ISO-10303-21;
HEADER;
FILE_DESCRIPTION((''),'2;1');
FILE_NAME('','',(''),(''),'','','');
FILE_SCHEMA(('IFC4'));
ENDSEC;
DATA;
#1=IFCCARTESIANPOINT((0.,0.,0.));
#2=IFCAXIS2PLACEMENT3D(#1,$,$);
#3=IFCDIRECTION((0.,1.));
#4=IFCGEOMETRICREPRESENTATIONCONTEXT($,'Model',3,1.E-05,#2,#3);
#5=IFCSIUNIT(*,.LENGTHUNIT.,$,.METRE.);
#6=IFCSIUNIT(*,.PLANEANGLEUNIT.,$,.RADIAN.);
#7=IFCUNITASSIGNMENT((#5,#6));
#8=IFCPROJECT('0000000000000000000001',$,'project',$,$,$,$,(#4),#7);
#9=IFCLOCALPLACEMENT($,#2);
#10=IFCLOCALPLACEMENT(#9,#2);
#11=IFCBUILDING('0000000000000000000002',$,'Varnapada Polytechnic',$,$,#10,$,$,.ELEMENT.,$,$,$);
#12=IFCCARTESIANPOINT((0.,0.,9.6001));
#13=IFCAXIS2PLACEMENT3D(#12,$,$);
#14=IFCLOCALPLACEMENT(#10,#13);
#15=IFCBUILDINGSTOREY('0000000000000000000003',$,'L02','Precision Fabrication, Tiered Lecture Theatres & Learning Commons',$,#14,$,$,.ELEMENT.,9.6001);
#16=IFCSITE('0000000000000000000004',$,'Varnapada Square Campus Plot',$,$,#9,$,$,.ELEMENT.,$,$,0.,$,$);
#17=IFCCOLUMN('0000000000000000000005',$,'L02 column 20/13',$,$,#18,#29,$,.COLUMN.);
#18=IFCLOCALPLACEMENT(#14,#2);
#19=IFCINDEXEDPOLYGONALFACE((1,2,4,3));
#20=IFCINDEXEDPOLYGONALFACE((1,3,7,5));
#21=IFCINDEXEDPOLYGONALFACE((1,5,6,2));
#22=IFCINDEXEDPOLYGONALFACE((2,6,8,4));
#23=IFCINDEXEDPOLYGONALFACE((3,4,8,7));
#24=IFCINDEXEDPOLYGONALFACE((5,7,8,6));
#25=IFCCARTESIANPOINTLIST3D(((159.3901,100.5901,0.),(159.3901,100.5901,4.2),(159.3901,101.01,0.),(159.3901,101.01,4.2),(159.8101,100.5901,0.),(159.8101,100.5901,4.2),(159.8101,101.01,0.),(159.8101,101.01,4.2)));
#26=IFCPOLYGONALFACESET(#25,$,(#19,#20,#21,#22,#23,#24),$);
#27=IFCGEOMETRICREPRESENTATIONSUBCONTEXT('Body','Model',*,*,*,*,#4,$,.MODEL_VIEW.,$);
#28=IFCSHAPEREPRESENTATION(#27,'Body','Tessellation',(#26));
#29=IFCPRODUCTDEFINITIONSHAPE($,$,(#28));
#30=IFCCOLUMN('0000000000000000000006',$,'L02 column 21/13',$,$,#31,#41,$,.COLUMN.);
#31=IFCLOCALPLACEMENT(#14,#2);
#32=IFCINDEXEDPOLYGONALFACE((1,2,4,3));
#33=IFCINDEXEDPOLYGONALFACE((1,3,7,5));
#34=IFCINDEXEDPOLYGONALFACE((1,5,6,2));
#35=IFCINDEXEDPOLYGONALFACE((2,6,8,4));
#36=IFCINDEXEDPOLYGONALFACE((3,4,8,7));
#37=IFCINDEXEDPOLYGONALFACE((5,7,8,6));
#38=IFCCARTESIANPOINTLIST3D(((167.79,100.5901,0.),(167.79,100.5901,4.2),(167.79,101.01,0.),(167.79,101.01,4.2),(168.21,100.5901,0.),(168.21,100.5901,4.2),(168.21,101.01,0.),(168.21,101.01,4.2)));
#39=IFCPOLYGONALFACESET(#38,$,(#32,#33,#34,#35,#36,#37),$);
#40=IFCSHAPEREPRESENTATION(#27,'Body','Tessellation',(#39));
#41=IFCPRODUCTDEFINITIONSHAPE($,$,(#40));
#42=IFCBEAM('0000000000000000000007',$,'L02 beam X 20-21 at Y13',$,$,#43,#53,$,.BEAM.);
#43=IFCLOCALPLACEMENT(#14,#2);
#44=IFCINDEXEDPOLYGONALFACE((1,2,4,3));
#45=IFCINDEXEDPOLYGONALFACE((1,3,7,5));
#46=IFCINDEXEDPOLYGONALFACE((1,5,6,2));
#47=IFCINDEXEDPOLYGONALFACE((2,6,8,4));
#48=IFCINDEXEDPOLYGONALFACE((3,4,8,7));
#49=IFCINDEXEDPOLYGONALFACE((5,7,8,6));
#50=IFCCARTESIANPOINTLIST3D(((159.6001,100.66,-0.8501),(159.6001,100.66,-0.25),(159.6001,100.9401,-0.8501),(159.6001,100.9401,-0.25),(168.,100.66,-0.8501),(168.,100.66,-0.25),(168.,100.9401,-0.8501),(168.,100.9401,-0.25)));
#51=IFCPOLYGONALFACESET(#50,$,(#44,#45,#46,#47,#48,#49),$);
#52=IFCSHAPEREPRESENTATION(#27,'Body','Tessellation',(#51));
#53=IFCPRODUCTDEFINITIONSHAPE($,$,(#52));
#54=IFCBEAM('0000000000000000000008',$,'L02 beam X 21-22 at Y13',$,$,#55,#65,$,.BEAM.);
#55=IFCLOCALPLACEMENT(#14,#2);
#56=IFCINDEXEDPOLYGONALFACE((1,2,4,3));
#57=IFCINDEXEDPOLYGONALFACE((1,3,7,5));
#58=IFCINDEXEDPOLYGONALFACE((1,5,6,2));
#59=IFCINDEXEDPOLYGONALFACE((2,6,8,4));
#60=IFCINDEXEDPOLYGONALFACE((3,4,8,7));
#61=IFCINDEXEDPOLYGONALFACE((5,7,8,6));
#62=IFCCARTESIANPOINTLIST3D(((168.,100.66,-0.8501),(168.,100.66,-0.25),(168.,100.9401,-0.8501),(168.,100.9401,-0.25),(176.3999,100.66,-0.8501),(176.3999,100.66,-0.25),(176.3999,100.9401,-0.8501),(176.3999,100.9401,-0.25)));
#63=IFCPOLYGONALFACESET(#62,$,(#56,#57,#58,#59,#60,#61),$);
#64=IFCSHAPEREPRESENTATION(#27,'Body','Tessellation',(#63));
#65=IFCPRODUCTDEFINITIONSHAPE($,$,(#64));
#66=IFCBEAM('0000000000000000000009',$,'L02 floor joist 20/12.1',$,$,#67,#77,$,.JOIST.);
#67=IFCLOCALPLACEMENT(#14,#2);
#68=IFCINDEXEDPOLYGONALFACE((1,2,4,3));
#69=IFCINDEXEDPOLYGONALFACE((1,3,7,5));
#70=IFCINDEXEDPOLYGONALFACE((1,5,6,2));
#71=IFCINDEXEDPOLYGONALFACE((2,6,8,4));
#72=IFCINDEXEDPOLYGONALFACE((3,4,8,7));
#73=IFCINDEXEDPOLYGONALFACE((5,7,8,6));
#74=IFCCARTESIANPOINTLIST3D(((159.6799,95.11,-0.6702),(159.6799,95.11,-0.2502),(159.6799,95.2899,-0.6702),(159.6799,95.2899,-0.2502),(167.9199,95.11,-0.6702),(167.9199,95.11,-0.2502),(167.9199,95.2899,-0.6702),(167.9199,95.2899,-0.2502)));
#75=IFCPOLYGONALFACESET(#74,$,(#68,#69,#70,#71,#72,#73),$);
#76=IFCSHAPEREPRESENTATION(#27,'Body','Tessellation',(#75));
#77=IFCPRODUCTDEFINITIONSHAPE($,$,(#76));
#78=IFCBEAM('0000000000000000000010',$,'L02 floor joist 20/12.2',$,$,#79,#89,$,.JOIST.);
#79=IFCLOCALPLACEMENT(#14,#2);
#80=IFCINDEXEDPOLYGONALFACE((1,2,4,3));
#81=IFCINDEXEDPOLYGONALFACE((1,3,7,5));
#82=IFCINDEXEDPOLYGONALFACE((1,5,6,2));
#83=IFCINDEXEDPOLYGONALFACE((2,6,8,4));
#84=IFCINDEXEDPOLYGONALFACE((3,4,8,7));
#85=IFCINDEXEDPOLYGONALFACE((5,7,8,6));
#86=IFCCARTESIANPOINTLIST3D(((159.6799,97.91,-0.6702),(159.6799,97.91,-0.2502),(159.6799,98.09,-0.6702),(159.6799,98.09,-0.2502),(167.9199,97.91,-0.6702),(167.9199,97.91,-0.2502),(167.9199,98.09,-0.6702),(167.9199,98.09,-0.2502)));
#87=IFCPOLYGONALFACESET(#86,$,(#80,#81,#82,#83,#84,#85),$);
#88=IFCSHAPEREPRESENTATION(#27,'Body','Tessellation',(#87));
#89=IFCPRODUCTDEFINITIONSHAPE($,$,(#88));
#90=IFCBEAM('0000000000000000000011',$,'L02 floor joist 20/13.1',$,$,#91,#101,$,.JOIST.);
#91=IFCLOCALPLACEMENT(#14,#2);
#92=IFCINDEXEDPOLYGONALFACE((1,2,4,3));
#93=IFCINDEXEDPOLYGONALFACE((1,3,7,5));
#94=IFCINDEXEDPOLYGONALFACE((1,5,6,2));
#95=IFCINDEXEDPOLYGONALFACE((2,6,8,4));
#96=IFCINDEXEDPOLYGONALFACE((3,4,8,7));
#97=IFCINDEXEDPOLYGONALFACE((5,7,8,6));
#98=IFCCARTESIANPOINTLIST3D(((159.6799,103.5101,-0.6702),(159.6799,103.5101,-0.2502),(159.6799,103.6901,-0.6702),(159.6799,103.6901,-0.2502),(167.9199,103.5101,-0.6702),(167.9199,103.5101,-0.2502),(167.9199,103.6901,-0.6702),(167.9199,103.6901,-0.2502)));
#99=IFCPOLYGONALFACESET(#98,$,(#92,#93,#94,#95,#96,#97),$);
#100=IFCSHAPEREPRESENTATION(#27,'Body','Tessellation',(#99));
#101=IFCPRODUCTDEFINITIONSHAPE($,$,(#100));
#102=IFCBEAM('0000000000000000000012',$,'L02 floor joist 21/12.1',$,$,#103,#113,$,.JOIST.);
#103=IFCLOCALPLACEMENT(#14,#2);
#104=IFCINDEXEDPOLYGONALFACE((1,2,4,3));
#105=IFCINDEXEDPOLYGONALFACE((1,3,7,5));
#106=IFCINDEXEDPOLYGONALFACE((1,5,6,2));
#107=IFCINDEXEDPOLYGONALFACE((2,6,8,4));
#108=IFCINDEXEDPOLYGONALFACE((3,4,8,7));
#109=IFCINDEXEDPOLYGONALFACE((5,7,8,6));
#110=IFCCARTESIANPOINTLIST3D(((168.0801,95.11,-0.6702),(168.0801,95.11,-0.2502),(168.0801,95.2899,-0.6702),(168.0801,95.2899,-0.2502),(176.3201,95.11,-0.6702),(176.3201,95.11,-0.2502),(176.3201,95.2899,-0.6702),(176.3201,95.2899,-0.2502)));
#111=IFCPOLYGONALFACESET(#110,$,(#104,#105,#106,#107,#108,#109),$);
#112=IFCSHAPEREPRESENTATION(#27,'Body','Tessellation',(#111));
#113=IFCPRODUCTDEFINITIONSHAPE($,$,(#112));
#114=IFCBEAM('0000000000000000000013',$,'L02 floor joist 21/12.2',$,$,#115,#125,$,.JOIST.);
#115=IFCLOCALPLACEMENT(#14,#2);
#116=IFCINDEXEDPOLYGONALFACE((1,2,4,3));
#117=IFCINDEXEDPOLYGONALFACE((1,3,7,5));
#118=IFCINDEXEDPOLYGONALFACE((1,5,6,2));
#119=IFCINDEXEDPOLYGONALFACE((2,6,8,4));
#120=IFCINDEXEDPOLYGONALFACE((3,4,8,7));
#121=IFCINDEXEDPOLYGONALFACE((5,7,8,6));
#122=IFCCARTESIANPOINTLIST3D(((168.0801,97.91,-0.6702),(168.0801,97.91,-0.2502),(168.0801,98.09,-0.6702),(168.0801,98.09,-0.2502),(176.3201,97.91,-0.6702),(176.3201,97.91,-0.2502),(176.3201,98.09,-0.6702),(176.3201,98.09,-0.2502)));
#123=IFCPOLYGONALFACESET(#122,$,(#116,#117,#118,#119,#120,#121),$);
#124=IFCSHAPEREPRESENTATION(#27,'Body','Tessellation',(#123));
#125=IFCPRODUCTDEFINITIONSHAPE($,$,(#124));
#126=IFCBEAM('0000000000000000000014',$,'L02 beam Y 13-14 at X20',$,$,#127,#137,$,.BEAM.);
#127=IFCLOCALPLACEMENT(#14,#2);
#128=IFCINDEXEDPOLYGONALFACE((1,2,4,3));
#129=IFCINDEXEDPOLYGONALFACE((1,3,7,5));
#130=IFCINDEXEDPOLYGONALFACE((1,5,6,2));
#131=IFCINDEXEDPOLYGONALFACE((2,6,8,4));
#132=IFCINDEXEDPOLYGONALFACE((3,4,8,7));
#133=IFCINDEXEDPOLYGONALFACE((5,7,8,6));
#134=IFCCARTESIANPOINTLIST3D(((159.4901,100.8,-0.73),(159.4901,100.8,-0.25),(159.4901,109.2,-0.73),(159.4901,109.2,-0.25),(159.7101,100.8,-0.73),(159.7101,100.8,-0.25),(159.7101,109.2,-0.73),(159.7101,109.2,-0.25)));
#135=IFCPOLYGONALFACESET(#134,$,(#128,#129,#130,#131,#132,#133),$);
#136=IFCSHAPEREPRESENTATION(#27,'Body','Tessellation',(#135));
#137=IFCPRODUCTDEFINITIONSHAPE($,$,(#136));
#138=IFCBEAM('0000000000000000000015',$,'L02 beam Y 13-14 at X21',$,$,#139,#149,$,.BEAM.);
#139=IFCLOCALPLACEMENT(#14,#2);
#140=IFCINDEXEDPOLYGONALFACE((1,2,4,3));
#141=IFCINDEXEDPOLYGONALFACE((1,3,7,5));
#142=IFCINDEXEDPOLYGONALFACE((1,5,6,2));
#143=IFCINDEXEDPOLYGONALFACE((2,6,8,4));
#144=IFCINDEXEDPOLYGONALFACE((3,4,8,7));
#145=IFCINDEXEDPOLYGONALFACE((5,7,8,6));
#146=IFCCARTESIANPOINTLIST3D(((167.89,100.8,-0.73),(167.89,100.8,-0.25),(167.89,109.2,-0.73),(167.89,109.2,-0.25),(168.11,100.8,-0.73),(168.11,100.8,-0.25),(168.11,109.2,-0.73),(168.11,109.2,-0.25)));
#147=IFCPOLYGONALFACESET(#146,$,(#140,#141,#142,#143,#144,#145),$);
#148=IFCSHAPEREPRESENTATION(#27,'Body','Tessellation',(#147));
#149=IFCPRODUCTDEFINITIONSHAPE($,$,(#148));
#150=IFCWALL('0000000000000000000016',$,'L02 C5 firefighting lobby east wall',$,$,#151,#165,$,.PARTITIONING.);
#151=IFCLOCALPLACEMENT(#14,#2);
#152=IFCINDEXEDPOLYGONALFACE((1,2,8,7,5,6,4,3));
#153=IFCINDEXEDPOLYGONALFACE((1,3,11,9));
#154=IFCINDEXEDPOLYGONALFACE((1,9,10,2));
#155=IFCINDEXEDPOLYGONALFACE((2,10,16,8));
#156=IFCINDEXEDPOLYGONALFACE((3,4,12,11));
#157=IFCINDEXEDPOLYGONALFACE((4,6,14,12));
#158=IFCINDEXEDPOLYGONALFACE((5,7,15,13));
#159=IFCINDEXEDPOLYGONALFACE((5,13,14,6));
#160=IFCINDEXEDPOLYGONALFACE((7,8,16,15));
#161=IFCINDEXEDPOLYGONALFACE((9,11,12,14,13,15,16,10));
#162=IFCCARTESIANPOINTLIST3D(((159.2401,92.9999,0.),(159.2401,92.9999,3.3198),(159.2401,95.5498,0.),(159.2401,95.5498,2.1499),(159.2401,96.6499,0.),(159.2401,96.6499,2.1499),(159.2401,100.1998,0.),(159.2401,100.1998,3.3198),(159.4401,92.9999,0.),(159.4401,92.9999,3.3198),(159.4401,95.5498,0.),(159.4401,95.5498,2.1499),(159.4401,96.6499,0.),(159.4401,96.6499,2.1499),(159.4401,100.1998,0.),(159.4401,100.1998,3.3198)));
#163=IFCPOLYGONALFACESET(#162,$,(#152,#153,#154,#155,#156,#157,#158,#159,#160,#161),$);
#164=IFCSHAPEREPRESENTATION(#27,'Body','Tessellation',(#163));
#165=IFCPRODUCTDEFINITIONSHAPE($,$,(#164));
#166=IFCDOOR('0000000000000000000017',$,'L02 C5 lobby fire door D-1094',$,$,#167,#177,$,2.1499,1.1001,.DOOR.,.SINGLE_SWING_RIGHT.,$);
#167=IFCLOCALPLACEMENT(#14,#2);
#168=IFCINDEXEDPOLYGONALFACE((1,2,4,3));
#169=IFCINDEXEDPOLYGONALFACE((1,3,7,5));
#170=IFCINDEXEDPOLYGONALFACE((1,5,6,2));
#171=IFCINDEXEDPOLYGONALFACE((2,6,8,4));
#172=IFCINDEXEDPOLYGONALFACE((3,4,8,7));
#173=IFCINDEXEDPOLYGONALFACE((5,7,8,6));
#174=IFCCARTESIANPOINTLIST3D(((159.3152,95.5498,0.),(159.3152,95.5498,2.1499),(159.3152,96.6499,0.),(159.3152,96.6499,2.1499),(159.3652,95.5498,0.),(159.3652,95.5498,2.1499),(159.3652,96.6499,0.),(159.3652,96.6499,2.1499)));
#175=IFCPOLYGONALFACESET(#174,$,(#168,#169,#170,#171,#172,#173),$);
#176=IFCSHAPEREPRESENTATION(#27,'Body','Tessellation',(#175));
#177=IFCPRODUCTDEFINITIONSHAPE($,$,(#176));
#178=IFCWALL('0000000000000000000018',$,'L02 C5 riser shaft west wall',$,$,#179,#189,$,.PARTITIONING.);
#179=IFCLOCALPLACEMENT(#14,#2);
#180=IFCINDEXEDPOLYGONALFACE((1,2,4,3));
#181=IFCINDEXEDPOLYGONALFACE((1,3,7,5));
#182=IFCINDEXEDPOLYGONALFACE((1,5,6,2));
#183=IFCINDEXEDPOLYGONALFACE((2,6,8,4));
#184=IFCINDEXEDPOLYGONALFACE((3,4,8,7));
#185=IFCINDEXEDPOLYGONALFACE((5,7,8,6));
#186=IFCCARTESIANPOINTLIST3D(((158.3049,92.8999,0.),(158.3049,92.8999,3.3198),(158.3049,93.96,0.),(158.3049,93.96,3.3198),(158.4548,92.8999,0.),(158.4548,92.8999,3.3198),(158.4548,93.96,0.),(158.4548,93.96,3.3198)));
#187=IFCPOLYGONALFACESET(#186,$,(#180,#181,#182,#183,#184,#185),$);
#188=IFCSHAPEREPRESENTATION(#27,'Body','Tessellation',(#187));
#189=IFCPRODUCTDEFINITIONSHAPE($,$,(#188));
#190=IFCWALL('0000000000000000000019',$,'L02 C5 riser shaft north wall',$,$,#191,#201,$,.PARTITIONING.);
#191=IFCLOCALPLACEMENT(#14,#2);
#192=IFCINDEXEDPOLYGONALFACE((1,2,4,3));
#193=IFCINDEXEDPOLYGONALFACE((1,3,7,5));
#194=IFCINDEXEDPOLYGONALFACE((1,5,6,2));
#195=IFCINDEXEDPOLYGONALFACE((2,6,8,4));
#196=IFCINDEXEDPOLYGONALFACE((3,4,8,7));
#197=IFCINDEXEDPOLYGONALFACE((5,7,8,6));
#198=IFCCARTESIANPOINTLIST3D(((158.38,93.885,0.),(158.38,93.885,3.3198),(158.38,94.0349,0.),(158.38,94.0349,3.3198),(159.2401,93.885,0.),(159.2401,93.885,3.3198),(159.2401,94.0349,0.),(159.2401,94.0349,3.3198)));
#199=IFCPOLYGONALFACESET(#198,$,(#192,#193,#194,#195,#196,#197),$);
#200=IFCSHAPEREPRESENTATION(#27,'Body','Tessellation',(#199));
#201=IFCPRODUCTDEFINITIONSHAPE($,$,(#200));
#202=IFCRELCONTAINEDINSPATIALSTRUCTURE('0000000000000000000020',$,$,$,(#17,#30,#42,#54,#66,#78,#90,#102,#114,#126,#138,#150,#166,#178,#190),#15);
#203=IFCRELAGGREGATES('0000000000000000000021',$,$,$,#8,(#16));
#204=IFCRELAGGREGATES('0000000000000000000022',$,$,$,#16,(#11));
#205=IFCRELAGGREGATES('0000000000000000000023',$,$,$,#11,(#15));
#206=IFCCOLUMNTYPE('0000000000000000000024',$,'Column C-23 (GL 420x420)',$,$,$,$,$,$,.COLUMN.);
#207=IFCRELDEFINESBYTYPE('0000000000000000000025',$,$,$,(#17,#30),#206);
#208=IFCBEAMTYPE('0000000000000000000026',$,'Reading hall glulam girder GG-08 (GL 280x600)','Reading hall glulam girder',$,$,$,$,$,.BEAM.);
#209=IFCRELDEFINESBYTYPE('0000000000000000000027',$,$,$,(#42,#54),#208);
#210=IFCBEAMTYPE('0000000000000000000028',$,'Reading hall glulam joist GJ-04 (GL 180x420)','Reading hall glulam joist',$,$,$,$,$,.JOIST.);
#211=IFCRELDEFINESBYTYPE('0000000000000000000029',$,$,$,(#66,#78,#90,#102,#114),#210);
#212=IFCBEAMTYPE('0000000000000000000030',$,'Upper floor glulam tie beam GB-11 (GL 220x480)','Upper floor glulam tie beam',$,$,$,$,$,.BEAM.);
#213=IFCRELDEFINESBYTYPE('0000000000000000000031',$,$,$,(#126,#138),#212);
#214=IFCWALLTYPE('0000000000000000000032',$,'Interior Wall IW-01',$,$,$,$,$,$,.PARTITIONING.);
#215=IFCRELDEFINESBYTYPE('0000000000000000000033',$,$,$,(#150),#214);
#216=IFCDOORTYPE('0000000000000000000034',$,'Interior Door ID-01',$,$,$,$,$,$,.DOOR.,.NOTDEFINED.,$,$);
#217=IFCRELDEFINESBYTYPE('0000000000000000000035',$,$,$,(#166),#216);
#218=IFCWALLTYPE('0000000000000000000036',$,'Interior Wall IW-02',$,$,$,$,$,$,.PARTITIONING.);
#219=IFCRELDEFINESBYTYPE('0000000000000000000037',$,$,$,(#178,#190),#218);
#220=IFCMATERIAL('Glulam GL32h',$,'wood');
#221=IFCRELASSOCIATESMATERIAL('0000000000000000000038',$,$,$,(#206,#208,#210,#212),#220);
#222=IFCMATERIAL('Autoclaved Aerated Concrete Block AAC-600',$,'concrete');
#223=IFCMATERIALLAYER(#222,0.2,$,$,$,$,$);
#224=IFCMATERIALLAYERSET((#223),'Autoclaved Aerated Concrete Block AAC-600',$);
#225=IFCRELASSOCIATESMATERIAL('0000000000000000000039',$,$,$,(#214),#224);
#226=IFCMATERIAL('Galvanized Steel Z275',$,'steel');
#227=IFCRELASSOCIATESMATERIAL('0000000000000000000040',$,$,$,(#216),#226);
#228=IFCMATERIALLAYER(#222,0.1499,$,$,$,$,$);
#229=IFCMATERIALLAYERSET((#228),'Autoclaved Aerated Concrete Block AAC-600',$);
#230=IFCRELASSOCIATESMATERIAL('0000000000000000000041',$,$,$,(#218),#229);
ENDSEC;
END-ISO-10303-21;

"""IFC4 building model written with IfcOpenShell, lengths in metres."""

from ifc_helpers import new_model, si_unit, direction, frame, frame_2d, origin, origin_2d, place, context, subcontext, project, spatial, rectangle, extrude, material, layer, layer_set, material_profile, profile_set, type_object, element, fill, save


model = new_model("IFC4")

# Units and contexts
model_context = context("Model", 3, precision=1e-05, world=origin(), true_north=direction((0.0, 1.0)))
body_context = subcontext(model_context, "Body", "Model", "MODEL_VIEW")
ifc_project = project(units=[si_unit("LENGTHUNIT", "METRE"), si_unit("PLANEANGLEUNIT", "RADIAN")], contexts=[model_context])

# Site, building, storey
site_placement = place(None, origin())
site = spatial("IfcSite", under=ifc_project, at=site_placement, Name="Varnapada Square Campus Plot", CompositionType="ELEMENT", RefElevation=0.0)
building_placement = place(site_placement, origin())
building = spatial("IfcBuilding", under=site, at=building_placement, Name="Varnapada Polytechnic", CompositionType="ELEMENT")
storey_placement = place(building_placement, frame((0.0, 0.0, 9.6001)))
storey = spatial("IfcBuildingStorey", under=building, at=storey_placement, Name="L02", Description="Precision Fabrication, Tiered Lecture Theatres & Learning Commons", CompositionType="ELEMENT", Elevation=9.6001)

# Columns
ifc_material_1 = material(Name="Glulam GL32h", Category="wood")
ifc_material_profile_1 = material_profile(ifc_material_1, rectangle(XDim=0.4199, YDim=0.4199, at=origin_2d()), Name="GL 420x420")
ifc_profile_set_1 = profile_set([ifc_material_profile_1], Name="Glulam GL32h")
column_type = type_object("IfcColumnType", Name="Column C-23 (GL 420x420)", PredefinedType="COLUMN", material=ifc_profile_set_1)
for number, where, z_axis, x_axis, name in (
    (1, (159.6001, 100.8, 0.0), (0.0, 0.0, 1.0), (1.0, 0.0, 0.0), "L02 column 20/13"),
    (2, (168.0, 100.8, 0.0), (0.0, 0.0, 1.0), (1.0, 0.0, 0.0), "L02 column 21/13"),
):
    element("IfcColumn", number, at=place(storey_placement, frame(where, z_axis=z_axis, x_axis=x_axis)), inside=storey, type_object=column_type, Name=name, PredefinedType="COLUMN", context=body_context, shape_type="SweptSolid", body=[
        extrude(rectangle(XDim=0.4199, YDim=0.4199, at=origin_2d()), origin(), (0.0, 0.0, 1.0), 4.2),
    ])

# Beams
ifc_material_profile_2 = material_profile(ifc_material_1, rectangle(XDim=0.28, YDim=0.6001, at=origin_2d()), Name="GL 280x600")
ifc_profile_set_2 = profile_set([ifc_material_profile_2], Name="Glulam GL32h")
beam_type_1 = type_object("IfcBeamType", Name="Reading hall glulam girder GG-08 (GL 280x600)", Description="Reading hall glulam girder", PredefinedType="BEAM", material=ifc_profile_set_2)
for number, where, z_axis, x_axis, name in (
    (3, (159.6001, 100.8, -0.55), (1.0, 0.0, 0.0), (0.0, 1.0, 0.0), "L02 beam X 20-21 at Y13"),
    (4, (168.0, 100.8, -0.55), (1.0, 0.0, 0.0), (0.0, 1.0, 0.0), "L02 beam X 21-22 at Y13"),
):
    element("IfcBeam", number, at=place(storey_placement, frame(where, z_axis=z_axis, x_axis=x_axis)), inside=storey, type_object=beam_type_1, Name=name, PredefinedType="BEAM", context=body_context, shape_type="SweptSolid", body=[
        extrude(rectangle(XDim=0.28, YDim=0.6001, at=origin_2d()), origin(), (0.0, 0.0, 1.0), 8.3999),
    ])
ifc_material_profile_3 = material_profile(ifc_material_1, rectangle(XDim=0.1799, YDim=0.4199, at=origin_2d()), Name="GL 180x420")
ifc_profile_set_3 = profile_set([ifc_material_profile_3], Name="Glulam GL32h")
beam_type_2 = type_object("IfcBeamType", Name="Reading hall glulam joist GJ-04 (GL 180x420)", Description="Reading hall glulam joist", PredefinedType="JOIST", material=ifc_profile_set_3)
for number, where, z_axis, x_axis, name in (
    (5, (159.6799, 95.2, -0.4602), (1.0, 0.0, 0.0), (0.0, 1.0, 0.0), "L02 floor joist 20/12.1"),
    (6, (159.6799, 98.0, -0.4602), (1.0, 0.0, 0.0), (0.0, 1.0, 0.0), "L02 floor joist 20/12.2"),
    (7, (159.6799, 103.6001, -0.4602), (1.0, 0.0, 0.0), (0.0, 1.0, 0.0), "L02 floor joist 20/13.1"),
    (8, (168.0801, 95.2, -0.4602), (1.0, 0.0, 0.0), (0.0, 1.0, 0.0), "L02 floor joist 21/12.1"),
    (9, (168.0801, 98.0, -0.4602), (1.0, 0.0, 0.0), (0.0, 1.0, 0.0), "L02 floor joist 21/12.2"),
):
    element("IfcBeam", number, at=place(storey_placement, frame(where, z_axis=z_axis, x_axis=x_axis)), inside=storey, type_object=beam_type_2, Name=name, PredefinedType="JOIST", context=body_context, shape_type="SweptSolid", body=[
        extrude(rectangle(XDim=0.1799, YDim=0.4199, at=origin_2d()), origin(), (0.0, 0.0, 1.0), 8.24),
    ])
ifc_material_profile_4 = material_profile(ifc_material_1, rectangle(XDim=0.22, YDim=0.48, at=origin_2d()), Name="GL 220x480")
ifc_profile_set_4 = profile_set([ifc_material_profile_4], Name="Glulam GL32h")
beam_type_3 = type_object("IfcBeamType", Name="Upper floor glulam tie beam GB-11 (GL 220x480)", Description="Upper floor glulam tie beam", PredefinedType="BEAM", material=ifc_profile_set_4)
for number, where, z_axis, x_axis, name in (
    (10, (159.6001, 100.8, -0.49), (0.0, 1.0, 0.0), (-1.0, 0.0, 0.0), "L02 beam Y 13-14 at X20"),
    (11, (168.0, 100.8, -0.49), (0.0, 1.0, 0.0), (-1.0, 0.0, 0.0), "L02 beam Y 13-14 at X21"),
):
    element("IfcBeam", number, at=place(storey_placement, frame(where, z_axis=z_axis, x_axis=x_axis)), inside=storey, type_object=beam_type_3, Name=name, PredefinedType="BEAM", context=body_context, shape_type="SweptSolid", body=[
        extrude(rectangle(XDim=0.22, YDim=0.48, at=origin_2d()), origin(), (0.0, 0.0, 1.0), 8.3999),
    ])

# Wall, opening, door
ifc_material_2 = material(Name="Autoclaved Aerated Concrete Block AAC-600", Category="concrete")
ifc_layer_1 = layer(ifc_material_2, 0.2)
ifc_layer_set_1 = layer_set([ifc_layer_1], Name="Autoclaved Aerated Concrete Block AAC-600")
wall_type_1 = type_object("IfcWallType", Name="Interior Wall IW-01", PredefinedType="PARTITIONING", material=ifc_layer_set_1)
wall_1_placement = place(storey_placement, frame((159.3401, 100.2, 0.0), z_axis=(0.0, 0.0, 1.0), x_axis=(0.0, -1.0, 0.0)))
wall_1 = element("IfcWall", 12, at=wall_1_placement, inside=storey, type_object=wall_type_1, Name="L02 C5 firefighting lobby east wall", PredefinedType="PARTITIONING", context=body_context, shape_type="SweptSolid", body=[
    extrude(rectangle(XDim=7.2, YDim=0.2, at=frame_2d((3.6001, 0.0))), origin(), (0.0, 0.0, 1.0), 3.3198),
])
opening_1_placement = place(wall_1_placement, frame((3.55, 0.0, 0.0)))
opening_1 = element("IfcOpeningElement", 13, at=opening_1_placement, cuts=wall_1, PredefinedType="OPENING", context=body_context, shape_type="SweptSolid", body=[
    extrude(rectangle(XDim=1.1001, YDim=2.1499, at=frame_2d((0.55, 1.075))), frame((0.0, 0.1099, 0.0), z_axis=(0.0, -1.0, 0.0), x_axis=(1.0, 0.0, 0.0)), (0.0, 0.0, 1.0), 0.22),
])
ifc_material_3 = material(Name="Galvanized Steel Z275", Category="steel")
door_type_1 = type_object("IfcDoorType", Name="Interior Door ID-01", OperationType="NOTDEFINED", PredefinedType="DOOR", material=ifc_material_3)
door_1_placement = place(opening_1_placement, frame((1.1001, 0.0, 0.0), z_axis=(0.0, 0.0, 1.0), x_axis=(-1.0, 0.0, 0.0)))
door_1 = element("IfcDoor", 14, at=door_1_placement, inside=storey, type_object=door_type_1, Name="L02 C5 lobby fire door D-1094", OperationType="SINGLE_SWING_RIGHT", OverallHeight=2.1499, OverallWidth=1.1001, PredefinedType="DOOR", context=body_context, shape_type="SweptSolid", body=[
    extrude(rectangle(XDim=1.1001, YDim=2.1499, at=frame_2d((0.55, 1.075))), frame((0.0, 0.0249, 0.0), z_axis=(0.0, -1.0, 0.0), x_axis=(1.0, 0.0, 0.0)), (0.0, 0.0, 1.0), 0.05),
])
fill(opening_1, door_1)

# Walls
ifc_layer_2 = layer(ifc_material_2, 0.1499)
ifc_layer_set_2 = layer_set([ifc_layer_2], Name="Autoclaved Aerated Concrete Block AAC-600")
wall_type_2 = type_object("IfcWallType", Name="Interior Wall IW-02", PredefinedType="PARTITIONING", material=ifc_layer_set_2)
wall_2_placement = place(storey_placement, frame((158.3799, 93.96, 0.0), z_axis=(0.0, 0.0, 1.0), x_axis=(0.0, -1.0, 0.0)))
element("IfcWall", 15, at=wall_2_placement, inside=storey, type_object=wall_type_2, Name="L02 C5 riser shaft west wall", PredefinedType="PARTITIONING", context=body_context, shape_type="SweptSolid", body=[
    extrude(rectangle(XDim=1.0601, YDim=0.1499, at=frame_2d((0.53, 0.0))), origin(), (0.0, 0.0, 1.0), 3.3198),
])
wall_3_placement = place(storey_placement, frame((158.3799, 93.96, 0.0), z_axis=(0.0, 0.0, 1.0), x_axis=(1.0, 0.0, 0.0)))
element("IfcWall", 16, at=wall_3_placement, inside=storey, type_object=wall_type_2, Name="L02 C5 riser shaft north wall", PredefinedType="PARTITIONING", context=body_context, shape_type="SweptSolid", body=[
    extrude(rectangle(XDim=0.8601, YDim=0.1499, at=frame_2d((0.4302, 0.0))), origin(), (0.0, 0.0, 1.0), 3.3198),
])

save(model, "model.ifc")
